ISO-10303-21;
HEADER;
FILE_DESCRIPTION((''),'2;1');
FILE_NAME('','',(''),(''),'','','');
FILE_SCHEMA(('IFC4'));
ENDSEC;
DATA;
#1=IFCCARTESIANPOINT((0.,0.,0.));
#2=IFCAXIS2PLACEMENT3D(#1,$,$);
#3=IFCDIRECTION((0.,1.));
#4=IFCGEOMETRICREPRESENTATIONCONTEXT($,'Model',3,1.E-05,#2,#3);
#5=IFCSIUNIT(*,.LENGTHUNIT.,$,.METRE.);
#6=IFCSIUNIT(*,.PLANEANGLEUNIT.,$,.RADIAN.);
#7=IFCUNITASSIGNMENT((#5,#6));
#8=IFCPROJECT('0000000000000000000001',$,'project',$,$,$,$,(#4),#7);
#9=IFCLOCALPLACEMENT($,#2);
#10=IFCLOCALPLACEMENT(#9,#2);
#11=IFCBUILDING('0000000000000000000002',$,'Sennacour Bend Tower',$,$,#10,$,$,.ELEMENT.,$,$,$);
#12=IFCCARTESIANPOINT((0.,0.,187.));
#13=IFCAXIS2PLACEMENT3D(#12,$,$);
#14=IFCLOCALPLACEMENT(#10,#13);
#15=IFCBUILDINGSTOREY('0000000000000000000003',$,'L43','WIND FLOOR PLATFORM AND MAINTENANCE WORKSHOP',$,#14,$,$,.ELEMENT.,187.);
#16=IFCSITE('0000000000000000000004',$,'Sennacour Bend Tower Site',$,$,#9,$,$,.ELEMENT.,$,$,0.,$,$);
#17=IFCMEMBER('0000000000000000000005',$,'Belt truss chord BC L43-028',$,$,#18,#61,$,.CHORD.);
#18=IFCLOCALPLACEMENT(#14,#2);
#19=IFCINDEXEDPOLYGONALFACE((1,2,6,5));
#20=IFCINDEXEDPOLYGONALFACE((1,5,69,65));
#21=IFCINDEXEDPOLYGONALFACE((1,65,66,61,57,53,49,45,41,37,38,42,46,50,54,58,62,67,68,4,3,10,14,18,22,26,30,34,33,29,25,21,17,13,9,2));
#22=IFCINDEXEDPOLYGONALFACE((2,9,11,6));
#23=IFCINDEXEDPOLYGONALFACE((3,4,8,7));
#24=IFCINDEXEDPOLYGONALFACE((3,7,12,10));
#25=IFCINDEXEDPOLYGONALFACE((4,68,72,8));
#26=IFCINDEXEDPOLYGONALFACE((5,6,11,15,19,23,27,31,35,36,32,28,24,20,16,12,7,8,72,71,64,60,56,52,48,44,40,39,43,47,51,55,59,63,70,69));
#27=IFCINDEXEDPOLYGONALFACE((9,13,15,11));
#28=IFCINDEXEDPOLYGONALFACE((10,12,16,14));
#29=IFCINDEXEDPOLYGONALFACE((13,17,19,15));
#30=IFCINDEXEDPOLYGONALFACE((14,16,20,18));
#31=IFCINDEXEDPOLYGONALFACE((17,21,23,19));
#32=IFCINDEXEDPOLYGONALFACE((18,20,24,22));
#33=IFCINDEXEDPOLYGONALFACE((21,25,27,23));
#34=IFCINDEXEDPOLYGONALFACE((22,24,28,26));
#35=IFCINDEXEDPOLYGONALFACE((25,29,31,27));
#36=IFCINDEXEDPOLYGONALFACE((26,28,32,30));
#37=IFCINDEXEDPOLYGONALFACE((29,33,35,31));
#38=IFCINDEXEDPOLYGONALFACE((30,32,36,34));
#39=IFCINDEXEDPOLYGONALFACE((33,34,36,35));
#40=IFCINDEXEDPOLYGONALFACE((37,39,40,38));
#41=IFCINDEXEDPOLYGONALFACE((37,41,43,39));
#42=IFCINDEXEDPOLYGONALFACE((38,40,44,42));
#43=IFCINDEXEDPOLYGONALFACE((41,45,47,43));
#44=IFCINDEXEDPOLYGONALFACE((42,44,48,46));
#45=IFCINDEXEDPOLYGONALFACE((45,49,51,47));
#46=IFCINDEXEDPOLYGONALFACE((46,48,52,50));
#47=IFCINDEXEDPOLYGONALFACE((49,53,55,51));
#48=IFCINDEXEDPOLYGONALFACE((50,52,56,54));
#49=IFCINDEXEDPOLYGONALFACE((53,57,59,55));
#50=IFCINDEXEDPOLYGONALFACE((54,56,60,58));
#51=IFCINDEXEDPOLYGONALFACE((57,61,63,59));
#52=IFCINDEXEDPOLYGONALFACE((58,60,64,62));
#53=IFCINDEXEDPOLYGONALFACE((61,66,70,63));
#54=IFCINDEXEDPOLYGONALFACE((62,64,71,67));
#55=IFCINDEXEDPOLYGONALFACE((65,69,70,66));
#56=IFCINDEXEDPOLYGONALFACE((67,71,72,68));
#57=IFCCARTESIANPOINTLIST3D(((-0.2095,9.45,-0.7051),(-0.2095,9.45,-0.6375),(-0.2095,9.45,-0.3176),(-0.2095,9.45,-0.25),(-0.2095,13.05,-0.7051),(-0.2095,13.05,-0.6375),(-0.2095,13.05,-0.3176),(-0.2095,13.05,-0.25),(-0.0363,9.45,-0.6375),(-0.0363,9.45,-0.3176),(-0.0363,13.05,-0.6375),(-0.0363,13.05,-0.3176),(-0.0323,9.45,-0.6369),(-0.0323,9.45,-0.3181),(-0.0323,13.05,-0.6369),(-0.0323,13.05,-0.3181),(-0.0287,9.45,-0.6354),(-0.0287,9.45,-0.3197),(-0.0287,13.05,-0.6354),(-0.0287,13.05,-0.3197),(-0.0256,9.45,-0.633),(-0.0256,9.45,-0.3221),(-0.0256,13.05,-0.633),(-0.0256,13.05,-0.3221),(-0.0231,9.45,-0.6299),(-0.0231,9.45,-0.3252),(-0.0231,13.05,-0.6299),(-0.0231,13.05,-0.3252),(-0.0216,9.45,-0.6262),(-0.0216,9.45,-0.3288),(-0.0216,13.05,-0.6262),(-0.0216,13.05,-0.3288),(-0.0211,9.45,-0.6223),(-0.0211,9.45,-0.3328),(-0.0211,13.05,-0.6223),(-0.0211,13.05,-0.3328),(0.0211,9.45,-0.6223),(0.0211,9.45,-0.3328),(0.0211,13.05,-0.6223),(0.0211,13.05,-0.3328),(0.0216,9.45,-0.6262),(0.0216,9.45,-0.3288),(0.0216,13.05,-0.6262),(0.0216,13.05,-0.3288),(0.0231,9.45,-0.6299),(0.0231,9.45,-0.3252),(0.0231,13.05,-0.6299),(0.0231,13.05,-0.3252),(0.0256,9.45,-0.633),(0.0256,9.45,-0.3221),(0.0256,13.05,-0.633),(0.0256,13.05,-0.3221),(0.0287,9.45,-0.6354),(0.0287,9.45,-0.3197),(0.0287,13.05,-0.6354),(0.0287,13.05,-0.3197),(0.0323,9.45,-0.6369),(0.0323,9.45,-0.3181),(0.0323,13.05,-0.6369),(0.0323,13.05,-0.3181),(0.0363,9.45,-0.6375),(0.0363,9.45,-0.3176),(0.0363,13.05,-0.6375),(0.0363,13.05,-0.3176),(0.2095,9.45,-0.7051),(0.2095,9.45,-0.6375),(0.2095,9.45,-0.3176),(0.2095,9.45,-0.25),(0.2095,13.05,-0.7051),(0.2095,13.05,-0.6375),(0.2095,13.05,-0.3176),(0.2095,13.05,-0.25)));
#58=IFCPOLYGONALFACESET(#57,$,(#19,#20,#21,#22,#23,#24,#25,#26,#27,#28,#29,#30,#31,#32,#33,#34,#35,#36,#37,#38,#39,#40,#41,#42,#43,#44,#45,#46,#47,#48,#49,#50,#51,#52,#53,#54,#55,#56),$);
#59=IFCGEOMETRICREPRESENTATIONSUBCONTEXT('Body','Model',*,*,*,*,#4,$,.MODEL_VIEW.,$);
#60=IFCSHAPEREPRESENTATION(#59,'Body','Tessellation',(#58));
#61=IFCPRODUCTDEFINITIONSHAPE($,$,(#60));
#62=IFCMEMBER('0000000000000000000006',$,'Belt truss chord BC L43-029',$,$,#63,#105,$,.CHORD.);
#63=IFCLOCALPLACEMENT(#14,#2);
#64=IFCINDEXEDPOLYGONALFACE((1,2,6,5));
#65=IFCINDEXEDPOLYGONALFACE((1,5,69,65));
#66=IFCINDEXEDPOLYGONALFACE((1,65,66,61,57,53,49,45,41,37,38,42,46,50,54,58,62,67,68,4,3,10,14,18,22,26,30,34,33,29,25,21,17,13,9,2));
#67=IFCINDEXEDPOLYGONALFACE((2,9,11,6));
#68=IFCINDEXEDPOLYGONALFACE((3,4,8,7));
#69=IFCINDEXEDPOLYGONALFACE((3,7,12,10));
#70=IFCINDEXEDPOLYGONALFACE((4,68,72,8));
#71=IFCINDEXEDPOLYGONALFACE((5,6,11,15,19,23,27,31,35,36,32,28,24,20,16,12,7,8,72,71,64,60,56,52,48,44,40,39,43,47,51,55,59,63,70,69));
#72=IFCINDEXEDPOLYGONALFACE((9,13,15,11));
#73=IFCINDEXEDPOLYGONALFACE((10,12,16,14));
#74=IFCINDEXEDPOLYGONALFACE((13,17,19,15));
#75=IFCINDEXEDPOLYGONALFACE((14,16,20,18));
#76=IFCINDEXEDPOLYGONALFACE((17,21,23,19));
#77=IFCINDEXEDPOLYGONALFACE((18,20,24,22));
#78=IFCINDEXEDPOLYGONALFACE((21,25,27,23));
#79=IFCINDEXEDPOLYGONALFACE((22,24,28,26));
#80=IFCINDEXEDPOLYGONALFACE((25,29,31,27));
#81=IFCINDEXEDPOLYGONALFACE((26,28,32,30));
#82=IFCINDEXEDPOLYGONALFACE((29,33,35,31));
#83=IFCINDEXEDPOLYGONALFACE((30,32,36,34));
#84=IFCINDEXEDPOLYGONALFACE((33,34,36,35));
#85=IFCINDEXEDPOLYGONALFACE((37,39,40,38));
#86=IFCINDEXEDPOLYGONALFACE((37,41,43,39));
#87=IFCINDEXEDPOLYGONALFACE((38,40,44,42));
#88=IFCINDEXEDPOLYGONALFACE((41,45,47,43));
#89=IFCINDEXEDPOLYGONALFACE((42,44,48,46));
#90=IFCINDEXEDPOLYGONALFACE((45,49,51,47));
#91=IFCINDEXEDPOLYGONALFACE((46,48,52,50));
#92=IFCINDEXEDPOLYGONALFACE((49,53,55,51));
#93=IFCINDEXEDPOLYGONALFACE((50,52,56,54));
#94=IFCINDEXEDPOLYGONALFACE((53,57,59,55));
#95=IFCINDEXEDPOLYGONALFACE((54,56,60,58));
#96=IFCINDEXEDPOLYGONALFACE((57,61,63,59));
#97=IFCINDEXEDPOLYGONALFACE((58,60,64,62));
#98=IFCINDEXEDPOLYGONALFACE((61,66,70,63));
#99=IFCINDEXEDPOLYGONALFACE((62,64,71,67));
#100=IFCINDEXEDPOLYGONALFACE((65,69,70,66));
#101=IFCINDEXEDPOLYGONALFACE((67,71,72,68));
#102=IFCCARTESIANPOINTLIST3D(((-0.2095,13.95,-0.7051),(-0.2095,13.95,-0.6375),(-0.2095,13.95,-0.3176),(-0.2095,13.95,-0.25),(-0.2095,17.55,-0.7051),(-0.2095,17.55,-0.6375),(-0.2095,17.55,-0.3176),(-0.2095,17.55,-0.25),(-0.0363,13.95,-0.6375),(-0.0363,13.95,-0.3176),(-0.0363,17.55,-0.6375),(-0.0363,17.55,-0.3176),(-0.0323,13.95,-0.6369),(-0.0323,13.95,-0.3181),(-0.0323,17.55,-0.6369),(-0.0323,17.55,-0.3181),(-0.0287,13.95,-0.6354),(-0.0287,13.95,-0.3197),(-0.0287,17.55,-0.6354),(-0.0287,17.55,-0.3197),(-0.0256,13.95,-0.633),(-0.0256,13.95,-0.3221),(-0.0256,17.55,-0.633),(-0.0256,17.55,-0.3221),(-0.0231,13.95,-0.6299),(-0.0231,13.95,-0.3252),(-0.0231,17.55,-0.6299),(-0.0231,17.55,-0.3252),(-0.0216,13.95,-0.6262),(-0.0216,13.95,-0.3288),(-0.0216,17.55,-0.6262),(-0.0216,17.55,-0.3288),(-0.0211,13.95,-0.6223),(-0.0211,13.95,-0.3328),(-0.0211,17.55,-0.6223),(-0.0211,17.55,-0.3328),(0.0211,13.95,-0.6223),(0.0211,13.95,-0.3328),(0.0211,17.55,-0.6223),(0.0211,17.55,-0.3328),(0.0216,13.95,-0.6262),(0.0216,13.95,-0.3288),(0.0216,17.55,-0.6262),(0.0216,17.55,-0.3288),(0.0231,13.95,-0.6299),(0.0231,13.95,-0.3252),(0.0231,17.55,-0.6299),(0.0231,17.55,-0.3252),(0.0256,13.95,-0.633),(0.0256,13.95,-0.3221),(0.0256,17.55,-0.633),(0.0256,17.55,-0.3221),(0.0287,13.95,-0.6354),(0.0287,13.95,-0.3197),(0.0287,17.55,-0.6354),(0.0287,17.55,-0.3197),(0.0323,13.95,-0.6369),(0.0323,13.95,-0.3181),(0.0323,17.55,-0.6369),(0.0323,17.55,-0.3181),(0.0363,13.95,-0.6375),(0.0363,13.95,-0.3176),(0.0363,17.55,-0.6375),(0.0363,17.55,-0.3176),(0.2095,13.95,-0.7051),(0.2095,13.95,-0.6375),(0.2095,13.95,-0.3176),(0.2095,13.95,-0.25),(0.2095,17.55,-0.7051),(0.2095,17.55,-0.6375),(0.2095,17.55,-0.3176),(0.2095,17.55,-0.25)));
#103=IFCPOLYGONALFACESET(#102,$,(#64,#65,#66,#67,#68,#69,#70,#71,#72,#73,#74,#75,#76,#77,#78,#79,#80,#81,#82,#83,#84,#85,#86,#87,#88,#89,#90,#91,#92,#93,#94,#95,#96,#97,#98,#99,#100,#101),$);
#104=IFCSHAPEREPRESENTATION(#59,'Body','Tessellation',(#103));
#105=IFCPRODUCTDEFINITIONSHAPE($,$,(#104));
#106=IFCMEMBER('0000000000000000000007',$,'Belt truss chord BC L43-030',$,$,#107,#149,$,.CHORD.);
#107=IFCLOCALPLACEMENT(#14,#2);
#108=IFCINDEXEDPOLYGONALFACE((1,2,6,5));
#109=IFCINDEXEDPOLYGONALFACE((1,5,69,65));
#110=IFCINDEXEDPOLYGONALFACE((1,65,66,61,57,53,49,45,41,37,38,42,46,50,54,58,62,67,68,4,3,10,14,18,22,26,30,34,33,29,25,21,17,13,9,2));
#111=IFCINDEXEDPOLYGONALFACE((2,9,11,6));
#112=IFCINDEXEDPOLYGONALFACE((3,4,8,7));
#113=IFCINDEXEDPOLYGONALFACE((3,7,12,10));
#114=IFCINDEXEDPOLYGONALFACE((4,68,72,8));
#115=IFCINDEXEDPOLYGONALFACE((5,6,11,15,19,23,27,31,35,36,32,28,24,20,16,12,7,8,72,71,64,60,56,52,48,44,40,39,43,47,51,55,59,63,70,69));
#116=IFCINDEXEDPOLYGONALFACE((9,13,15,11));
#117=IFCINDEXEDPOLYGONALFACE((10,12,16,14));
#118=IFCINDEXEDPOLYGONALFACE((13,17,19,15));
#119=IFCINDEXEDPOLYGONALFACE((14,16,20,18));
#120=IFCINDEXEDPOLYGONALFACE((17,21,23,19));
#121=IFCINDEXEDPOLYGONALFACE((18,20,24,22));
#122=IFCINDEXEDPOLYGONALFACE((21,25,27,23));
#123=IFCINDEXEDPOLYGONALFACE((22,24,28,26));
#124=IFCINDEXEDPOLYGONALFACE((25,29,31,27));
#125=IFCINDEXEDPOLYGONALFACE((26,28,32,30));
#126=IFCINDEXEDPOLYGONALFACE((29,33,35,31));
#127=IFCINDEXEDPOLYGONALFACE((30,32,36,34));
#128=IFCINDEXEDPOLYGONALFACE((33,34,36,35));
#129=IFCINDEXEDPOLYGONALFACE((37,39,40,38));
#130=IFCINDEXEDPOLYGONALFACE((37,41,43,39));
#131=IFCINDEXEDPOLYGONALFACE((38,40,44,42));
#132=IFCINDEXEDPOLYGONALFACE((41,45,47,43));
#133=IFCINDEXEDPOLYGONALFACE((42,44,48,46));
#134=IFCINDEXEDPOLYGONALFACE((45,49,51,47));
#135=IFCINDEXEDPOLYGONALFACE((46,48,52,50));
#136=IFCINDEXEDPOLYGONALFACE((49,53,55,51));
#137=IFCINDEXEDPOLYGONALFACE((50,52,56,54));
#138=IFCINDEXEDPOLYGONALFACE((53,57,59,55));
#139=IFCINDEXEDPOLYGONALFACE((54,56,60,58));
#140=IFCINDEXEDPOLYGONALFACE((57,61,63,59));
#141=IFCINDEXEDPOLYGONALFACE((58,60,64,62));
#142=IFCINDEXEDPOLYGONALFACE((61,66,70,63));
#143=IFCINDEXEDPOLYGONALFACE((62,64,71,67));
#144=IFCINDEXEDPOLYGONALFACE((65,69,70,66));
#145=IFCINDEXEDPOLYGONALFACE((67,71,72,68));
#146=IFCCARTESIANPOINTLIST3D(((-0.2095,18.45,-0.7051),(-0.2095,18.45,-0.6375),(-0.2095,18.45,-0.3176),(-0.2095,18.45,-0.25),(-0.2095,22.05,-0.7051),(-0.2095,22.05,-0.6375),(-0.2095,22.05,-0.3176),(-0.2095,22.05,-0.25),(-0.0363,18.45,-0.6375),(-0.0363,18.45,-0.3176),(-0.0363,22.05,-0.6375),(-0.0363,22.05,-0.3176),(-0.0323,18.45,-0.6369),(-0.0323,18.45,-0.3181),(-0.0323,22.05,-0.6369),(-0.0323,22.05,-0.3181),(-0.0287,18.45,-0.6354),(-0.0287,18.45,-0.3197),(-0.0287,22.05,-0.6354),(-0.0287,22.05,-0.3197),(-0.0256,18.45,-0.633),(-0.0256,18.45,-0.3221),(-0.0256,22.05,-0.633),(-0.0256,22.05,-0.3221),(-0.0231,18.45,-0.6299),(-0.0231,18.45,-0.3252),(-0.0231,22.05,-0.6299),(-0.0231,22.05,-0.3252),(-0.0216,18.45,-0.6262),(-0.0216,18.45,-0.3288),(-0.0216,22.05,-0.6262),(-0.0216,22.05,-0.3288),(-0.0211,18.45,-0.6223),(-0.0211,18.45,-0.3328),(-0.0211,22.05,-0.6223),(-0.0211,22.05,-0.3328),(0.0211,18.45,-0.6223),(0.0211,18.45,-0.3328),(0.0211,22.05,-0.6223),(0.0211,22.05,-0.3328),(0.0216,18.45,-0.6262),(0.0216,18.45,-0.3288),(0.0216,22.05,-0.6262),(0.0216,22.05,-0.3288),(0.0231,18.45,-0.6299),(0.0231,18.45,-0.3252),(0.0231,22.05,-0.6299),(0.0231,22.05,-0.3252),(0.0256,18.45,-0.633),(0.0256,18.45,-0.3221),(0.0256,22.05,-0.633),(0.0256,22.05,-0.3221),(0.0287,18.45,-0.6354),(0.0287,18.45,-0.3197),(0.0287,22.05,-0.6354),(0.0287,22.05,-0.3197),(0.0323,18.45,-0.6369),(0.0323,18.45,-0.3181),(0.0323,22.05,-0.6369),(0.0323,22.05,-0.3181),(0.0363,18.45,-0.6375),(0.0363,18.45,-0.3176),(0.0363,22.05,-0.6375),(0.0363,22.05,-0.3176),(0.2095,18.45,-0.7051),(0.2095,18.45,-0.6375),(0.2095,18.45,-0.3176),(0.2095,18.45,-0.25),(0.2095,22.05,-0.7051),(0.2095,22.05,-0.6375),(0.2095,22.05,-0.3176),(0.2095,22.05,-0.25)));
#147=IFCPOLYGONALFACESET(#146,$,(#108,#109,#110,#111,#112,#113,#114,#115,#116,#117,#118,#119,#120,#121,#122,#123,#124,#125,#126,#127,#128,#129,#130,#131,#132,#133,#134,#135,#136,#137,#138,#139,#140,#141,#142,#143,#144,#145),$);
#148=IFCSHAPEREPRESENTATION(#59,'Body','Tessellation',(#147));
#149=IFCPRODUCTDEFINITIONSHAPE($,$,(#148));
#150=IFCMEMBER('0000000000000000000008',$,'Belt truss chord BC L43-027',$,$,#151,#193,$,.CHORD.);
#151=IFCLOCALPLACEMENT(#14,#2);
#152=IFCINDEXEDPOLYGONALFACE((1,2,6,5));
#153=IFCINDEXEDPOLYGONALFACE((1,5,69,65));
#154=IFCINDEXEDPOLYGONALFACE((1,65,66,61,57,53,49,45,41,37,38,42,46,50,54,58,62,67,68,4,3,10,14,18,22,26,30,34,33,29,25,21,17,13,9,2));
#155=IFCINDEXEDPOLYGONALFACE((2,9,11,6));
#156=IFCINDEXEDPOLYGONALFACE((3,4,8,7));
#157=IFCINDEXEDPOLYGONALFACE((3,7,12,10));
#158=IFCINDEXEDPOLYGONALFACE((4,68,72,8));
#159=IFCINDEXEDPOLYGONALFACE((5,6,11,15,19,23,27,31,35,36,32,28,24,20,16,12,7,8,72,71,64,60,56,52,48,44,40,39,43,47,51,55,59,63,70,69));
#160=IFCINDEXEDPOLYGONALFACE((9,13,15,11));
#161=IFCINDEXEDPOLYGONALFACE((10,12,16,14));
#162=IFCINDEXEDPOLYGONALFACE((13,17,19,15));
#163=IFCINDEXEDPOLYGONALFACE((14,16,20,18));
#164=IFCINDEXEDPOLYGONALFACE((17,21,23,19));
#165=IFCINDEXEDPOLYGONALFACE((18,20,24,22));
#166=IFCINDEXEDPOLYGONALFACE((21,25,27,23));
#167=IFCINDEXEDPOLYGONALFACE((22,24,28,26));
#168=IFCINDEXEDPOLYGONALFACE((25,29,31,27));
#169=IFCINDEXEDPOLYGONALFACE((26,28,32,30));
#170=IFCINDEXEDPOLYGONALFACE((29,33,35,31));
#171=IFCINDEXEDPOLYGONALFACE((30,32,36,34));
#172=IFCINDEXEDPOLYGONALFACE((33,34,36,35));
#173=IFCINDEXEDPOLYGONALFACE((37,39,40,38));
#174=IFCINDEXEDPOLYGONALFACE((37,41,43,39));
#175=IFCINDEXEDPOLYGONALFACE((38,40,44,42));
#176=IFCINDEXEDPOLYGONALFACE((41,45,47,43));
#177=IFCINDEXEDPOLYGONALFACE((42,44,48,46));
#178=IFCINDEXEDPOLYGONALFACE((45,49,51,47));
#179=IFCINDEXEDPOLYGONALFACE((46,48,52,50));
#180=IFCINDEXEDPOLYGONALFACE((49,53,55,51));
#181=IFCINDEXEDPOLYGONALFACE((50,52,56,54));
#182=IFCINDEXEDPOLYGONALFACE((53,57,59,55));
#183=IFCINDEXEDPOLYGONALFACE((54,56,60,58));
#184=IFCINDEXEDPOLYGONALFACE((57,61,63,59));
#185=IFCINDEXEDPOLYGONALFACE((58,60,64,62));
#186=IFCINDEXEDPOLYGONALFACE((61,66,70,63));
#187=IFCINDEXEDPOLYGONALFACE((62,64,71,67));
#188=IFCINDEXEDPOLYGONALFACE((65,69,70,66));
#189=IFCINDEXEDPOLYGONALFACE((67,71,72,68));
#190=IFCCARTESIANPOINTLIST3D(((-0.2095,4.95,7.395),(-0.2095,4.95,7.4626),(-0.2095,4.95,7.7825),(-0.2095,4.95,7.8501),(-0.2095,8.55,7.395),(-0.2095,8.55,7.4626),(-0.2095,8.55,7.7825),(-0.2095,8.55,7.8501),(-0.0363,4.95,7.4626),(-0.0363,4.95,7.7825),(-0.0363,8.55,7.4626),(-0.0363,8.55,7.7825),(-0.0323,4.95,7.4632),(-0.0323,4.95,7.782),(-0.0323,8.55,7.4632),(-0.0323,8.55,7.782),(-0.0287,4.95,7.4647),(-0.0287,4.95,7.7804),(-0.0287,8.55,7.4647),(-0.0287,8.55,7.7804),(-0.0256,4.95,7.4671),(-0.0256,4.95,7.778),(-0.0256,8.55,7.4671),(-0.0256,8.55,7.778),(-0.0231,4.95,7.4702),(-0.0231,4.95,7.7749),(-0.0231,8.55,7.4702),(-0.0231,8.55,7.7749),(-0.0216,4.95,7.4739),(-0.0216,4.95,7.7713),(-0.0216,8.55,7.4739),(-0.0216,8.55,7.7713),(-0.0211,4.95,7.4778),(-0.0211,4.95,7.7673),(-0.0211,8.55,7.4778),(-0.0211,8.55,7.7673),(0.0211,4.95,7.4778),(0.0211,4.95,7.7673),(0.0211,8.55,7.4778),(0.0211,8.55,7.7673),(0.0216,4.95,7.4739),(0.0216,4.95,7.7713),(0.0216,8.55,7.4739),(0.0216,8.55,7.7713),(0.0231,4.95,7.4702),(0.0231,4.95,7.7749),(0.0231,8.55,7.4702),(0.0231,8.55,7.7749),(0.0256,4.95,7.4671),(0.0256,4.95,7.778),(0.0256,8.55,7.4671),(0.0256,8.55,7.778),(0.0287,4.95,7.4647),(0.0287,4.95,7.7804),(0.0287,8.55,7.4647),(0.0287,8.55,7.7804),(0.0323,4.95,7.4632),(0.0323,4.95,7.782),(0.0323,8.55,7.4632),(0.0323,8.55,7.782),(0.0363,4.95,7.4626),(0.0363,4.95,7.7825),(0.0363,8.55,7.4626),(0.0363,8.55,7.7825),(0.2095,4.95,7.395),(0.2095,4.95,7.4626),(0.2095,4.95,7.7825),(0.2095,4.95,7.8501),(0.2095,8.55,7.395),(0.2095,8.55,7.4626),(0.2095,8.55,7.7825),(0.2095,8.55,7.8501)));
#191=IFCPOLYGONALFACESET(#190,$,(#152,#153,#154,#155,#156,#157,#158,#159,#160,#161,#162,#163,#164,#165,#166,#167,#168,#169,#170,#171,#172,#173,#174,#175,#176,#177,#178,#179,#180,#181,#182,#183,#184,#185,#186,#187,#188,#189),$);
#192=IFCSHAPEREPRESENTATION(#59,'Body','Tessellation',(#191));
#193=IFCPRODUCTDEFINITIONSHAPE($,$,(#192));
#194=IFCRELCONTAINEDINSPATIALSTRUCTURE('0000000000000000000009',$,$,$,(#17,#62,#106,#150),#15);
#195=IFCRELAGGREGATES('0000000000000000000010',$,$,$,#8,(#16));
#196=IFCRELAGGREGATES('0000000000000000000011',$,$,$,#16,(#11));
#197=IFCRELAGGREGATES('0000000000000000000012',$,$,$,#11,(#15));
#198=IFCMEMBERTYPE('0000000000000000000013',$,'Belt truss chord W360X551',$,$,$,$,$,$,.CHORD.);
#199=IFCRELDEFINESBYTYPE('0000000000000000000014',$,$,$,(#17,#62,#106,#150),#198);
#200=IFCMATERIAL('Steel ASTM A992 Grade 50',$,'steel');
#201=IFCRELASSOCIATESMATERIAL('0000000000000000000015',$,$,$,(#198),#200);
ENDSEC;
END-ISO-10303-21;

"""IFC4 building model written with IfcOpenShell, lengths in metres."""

from ifc_helpers import new_model, si_unit, direction, frame, origin, origin_2d, place, context, subcontext, project, spatial, i_section, extrude, material, material_profile, profile_set, type_object, element, save


model = new_model("IFC4")

# Units and contexts
model_context = context("Model", 3, precision=1e-05, world=origin(), true_north=direction((0.0, 1.0)))
body_context = subcontext(model_context, "Body", "Model", "MODEL_VIEW")
ifc_project = project(units=[si_unit("LENGTHUNIT", "METRE"), si_unit("PLANEANGLEUNIT", "RADIAN")], contexts=[model_context])

# Site, building, storey
site_placement = place(None, origin())
site = spatial("IfcSite", under=ifc_project, at=site_placement, Name="Sennacour Bend Tower Site", CompositionType="ELEMENT", RefElevation=0.0)
building_placement = place(site_placement, origin())
building = spatial("IfcBuilding", under=site, at=building_placement, Name="Sennacour Bend Tower", CompositionType="ELEMENT")
storey_placement = place(building_placement, frame((0.0, 0.0, 187.0)))
storey = spatial("IfcBuildingStorey", under=building, at=storey_placement, Name="L43", Description="WIND FLOOR PLATFORM AND MAINTENANCE WORKSHOP", CompositionType="ELEMENT", Elevation=187.0)

# Members
ifc_material_1 = material(Name="Steel ASTM A992 Grade 50", Category="steel")
ifc_material_profile_1 = material_profile(ifc_material_1, i_section(OverallWidth=0.4189, OverallDepth=0.4551, WebThickness=0.0422, FlangeThickness=0.0676, FilletRadius=0.0151, at=origin_2d()), Name="Steel ASTM A992 Grade 50", Category="steel")
ifc_profile_set_1 = profile_set([ifc_material_profile_1], Name="Steel ASTM A992 Grade 50")
member_type_1 = type_object("IfcMemberType", Name="Belt truss chord W360X551", PredefinedType="CHORD", material=ifc_profile_set_1)
for number, where, z_axis, x_axis, name in (
    (1, (0.0, 9.45, -0.4775), (0.0, 1.0, 0.0), (-1.0, 0.0, 0.0), "Belt truss chord BC L43-028"),
    (2, (0.0, 13.95, -0.4775), (0.0, 1.0, 0.0), (-1.0, 0.0, 0.0), "Belt truss chord BC L43-029"),
    (3, (0.0, 18.45, -0.4775), (0.0, 1.0, 0.0), (-1.0, 0.0, 0.0), "Belt truss chord BC L43-030"),
    (4, (0.0, 4.95, 7.6226), (0.0, 1.0, 0.0), (-1.0, 0.0, 0.0), "Belt truss chord BC L43-027"),
):
    element("IfcMember", number, at=place(storey_placement, frame(where, z_axis=z_axis, x_axis=x_axis)), inside=storey, type_object=member_type_1, Name=name, PredefinedType="CHORD", context=body_context, shape_type="SweptSolid", body=[
        extrude(i_section(OverallWidth=0.4189, OverallDepth=0.4551, WebThickness=0.0422, FlangeThickness=0.0676, FilletRadius=0.0151, at=origin_2d()), origin(), (0.0, 0.0, 1.0), 3.6001),
    ])

save(model, "model.ifc")
